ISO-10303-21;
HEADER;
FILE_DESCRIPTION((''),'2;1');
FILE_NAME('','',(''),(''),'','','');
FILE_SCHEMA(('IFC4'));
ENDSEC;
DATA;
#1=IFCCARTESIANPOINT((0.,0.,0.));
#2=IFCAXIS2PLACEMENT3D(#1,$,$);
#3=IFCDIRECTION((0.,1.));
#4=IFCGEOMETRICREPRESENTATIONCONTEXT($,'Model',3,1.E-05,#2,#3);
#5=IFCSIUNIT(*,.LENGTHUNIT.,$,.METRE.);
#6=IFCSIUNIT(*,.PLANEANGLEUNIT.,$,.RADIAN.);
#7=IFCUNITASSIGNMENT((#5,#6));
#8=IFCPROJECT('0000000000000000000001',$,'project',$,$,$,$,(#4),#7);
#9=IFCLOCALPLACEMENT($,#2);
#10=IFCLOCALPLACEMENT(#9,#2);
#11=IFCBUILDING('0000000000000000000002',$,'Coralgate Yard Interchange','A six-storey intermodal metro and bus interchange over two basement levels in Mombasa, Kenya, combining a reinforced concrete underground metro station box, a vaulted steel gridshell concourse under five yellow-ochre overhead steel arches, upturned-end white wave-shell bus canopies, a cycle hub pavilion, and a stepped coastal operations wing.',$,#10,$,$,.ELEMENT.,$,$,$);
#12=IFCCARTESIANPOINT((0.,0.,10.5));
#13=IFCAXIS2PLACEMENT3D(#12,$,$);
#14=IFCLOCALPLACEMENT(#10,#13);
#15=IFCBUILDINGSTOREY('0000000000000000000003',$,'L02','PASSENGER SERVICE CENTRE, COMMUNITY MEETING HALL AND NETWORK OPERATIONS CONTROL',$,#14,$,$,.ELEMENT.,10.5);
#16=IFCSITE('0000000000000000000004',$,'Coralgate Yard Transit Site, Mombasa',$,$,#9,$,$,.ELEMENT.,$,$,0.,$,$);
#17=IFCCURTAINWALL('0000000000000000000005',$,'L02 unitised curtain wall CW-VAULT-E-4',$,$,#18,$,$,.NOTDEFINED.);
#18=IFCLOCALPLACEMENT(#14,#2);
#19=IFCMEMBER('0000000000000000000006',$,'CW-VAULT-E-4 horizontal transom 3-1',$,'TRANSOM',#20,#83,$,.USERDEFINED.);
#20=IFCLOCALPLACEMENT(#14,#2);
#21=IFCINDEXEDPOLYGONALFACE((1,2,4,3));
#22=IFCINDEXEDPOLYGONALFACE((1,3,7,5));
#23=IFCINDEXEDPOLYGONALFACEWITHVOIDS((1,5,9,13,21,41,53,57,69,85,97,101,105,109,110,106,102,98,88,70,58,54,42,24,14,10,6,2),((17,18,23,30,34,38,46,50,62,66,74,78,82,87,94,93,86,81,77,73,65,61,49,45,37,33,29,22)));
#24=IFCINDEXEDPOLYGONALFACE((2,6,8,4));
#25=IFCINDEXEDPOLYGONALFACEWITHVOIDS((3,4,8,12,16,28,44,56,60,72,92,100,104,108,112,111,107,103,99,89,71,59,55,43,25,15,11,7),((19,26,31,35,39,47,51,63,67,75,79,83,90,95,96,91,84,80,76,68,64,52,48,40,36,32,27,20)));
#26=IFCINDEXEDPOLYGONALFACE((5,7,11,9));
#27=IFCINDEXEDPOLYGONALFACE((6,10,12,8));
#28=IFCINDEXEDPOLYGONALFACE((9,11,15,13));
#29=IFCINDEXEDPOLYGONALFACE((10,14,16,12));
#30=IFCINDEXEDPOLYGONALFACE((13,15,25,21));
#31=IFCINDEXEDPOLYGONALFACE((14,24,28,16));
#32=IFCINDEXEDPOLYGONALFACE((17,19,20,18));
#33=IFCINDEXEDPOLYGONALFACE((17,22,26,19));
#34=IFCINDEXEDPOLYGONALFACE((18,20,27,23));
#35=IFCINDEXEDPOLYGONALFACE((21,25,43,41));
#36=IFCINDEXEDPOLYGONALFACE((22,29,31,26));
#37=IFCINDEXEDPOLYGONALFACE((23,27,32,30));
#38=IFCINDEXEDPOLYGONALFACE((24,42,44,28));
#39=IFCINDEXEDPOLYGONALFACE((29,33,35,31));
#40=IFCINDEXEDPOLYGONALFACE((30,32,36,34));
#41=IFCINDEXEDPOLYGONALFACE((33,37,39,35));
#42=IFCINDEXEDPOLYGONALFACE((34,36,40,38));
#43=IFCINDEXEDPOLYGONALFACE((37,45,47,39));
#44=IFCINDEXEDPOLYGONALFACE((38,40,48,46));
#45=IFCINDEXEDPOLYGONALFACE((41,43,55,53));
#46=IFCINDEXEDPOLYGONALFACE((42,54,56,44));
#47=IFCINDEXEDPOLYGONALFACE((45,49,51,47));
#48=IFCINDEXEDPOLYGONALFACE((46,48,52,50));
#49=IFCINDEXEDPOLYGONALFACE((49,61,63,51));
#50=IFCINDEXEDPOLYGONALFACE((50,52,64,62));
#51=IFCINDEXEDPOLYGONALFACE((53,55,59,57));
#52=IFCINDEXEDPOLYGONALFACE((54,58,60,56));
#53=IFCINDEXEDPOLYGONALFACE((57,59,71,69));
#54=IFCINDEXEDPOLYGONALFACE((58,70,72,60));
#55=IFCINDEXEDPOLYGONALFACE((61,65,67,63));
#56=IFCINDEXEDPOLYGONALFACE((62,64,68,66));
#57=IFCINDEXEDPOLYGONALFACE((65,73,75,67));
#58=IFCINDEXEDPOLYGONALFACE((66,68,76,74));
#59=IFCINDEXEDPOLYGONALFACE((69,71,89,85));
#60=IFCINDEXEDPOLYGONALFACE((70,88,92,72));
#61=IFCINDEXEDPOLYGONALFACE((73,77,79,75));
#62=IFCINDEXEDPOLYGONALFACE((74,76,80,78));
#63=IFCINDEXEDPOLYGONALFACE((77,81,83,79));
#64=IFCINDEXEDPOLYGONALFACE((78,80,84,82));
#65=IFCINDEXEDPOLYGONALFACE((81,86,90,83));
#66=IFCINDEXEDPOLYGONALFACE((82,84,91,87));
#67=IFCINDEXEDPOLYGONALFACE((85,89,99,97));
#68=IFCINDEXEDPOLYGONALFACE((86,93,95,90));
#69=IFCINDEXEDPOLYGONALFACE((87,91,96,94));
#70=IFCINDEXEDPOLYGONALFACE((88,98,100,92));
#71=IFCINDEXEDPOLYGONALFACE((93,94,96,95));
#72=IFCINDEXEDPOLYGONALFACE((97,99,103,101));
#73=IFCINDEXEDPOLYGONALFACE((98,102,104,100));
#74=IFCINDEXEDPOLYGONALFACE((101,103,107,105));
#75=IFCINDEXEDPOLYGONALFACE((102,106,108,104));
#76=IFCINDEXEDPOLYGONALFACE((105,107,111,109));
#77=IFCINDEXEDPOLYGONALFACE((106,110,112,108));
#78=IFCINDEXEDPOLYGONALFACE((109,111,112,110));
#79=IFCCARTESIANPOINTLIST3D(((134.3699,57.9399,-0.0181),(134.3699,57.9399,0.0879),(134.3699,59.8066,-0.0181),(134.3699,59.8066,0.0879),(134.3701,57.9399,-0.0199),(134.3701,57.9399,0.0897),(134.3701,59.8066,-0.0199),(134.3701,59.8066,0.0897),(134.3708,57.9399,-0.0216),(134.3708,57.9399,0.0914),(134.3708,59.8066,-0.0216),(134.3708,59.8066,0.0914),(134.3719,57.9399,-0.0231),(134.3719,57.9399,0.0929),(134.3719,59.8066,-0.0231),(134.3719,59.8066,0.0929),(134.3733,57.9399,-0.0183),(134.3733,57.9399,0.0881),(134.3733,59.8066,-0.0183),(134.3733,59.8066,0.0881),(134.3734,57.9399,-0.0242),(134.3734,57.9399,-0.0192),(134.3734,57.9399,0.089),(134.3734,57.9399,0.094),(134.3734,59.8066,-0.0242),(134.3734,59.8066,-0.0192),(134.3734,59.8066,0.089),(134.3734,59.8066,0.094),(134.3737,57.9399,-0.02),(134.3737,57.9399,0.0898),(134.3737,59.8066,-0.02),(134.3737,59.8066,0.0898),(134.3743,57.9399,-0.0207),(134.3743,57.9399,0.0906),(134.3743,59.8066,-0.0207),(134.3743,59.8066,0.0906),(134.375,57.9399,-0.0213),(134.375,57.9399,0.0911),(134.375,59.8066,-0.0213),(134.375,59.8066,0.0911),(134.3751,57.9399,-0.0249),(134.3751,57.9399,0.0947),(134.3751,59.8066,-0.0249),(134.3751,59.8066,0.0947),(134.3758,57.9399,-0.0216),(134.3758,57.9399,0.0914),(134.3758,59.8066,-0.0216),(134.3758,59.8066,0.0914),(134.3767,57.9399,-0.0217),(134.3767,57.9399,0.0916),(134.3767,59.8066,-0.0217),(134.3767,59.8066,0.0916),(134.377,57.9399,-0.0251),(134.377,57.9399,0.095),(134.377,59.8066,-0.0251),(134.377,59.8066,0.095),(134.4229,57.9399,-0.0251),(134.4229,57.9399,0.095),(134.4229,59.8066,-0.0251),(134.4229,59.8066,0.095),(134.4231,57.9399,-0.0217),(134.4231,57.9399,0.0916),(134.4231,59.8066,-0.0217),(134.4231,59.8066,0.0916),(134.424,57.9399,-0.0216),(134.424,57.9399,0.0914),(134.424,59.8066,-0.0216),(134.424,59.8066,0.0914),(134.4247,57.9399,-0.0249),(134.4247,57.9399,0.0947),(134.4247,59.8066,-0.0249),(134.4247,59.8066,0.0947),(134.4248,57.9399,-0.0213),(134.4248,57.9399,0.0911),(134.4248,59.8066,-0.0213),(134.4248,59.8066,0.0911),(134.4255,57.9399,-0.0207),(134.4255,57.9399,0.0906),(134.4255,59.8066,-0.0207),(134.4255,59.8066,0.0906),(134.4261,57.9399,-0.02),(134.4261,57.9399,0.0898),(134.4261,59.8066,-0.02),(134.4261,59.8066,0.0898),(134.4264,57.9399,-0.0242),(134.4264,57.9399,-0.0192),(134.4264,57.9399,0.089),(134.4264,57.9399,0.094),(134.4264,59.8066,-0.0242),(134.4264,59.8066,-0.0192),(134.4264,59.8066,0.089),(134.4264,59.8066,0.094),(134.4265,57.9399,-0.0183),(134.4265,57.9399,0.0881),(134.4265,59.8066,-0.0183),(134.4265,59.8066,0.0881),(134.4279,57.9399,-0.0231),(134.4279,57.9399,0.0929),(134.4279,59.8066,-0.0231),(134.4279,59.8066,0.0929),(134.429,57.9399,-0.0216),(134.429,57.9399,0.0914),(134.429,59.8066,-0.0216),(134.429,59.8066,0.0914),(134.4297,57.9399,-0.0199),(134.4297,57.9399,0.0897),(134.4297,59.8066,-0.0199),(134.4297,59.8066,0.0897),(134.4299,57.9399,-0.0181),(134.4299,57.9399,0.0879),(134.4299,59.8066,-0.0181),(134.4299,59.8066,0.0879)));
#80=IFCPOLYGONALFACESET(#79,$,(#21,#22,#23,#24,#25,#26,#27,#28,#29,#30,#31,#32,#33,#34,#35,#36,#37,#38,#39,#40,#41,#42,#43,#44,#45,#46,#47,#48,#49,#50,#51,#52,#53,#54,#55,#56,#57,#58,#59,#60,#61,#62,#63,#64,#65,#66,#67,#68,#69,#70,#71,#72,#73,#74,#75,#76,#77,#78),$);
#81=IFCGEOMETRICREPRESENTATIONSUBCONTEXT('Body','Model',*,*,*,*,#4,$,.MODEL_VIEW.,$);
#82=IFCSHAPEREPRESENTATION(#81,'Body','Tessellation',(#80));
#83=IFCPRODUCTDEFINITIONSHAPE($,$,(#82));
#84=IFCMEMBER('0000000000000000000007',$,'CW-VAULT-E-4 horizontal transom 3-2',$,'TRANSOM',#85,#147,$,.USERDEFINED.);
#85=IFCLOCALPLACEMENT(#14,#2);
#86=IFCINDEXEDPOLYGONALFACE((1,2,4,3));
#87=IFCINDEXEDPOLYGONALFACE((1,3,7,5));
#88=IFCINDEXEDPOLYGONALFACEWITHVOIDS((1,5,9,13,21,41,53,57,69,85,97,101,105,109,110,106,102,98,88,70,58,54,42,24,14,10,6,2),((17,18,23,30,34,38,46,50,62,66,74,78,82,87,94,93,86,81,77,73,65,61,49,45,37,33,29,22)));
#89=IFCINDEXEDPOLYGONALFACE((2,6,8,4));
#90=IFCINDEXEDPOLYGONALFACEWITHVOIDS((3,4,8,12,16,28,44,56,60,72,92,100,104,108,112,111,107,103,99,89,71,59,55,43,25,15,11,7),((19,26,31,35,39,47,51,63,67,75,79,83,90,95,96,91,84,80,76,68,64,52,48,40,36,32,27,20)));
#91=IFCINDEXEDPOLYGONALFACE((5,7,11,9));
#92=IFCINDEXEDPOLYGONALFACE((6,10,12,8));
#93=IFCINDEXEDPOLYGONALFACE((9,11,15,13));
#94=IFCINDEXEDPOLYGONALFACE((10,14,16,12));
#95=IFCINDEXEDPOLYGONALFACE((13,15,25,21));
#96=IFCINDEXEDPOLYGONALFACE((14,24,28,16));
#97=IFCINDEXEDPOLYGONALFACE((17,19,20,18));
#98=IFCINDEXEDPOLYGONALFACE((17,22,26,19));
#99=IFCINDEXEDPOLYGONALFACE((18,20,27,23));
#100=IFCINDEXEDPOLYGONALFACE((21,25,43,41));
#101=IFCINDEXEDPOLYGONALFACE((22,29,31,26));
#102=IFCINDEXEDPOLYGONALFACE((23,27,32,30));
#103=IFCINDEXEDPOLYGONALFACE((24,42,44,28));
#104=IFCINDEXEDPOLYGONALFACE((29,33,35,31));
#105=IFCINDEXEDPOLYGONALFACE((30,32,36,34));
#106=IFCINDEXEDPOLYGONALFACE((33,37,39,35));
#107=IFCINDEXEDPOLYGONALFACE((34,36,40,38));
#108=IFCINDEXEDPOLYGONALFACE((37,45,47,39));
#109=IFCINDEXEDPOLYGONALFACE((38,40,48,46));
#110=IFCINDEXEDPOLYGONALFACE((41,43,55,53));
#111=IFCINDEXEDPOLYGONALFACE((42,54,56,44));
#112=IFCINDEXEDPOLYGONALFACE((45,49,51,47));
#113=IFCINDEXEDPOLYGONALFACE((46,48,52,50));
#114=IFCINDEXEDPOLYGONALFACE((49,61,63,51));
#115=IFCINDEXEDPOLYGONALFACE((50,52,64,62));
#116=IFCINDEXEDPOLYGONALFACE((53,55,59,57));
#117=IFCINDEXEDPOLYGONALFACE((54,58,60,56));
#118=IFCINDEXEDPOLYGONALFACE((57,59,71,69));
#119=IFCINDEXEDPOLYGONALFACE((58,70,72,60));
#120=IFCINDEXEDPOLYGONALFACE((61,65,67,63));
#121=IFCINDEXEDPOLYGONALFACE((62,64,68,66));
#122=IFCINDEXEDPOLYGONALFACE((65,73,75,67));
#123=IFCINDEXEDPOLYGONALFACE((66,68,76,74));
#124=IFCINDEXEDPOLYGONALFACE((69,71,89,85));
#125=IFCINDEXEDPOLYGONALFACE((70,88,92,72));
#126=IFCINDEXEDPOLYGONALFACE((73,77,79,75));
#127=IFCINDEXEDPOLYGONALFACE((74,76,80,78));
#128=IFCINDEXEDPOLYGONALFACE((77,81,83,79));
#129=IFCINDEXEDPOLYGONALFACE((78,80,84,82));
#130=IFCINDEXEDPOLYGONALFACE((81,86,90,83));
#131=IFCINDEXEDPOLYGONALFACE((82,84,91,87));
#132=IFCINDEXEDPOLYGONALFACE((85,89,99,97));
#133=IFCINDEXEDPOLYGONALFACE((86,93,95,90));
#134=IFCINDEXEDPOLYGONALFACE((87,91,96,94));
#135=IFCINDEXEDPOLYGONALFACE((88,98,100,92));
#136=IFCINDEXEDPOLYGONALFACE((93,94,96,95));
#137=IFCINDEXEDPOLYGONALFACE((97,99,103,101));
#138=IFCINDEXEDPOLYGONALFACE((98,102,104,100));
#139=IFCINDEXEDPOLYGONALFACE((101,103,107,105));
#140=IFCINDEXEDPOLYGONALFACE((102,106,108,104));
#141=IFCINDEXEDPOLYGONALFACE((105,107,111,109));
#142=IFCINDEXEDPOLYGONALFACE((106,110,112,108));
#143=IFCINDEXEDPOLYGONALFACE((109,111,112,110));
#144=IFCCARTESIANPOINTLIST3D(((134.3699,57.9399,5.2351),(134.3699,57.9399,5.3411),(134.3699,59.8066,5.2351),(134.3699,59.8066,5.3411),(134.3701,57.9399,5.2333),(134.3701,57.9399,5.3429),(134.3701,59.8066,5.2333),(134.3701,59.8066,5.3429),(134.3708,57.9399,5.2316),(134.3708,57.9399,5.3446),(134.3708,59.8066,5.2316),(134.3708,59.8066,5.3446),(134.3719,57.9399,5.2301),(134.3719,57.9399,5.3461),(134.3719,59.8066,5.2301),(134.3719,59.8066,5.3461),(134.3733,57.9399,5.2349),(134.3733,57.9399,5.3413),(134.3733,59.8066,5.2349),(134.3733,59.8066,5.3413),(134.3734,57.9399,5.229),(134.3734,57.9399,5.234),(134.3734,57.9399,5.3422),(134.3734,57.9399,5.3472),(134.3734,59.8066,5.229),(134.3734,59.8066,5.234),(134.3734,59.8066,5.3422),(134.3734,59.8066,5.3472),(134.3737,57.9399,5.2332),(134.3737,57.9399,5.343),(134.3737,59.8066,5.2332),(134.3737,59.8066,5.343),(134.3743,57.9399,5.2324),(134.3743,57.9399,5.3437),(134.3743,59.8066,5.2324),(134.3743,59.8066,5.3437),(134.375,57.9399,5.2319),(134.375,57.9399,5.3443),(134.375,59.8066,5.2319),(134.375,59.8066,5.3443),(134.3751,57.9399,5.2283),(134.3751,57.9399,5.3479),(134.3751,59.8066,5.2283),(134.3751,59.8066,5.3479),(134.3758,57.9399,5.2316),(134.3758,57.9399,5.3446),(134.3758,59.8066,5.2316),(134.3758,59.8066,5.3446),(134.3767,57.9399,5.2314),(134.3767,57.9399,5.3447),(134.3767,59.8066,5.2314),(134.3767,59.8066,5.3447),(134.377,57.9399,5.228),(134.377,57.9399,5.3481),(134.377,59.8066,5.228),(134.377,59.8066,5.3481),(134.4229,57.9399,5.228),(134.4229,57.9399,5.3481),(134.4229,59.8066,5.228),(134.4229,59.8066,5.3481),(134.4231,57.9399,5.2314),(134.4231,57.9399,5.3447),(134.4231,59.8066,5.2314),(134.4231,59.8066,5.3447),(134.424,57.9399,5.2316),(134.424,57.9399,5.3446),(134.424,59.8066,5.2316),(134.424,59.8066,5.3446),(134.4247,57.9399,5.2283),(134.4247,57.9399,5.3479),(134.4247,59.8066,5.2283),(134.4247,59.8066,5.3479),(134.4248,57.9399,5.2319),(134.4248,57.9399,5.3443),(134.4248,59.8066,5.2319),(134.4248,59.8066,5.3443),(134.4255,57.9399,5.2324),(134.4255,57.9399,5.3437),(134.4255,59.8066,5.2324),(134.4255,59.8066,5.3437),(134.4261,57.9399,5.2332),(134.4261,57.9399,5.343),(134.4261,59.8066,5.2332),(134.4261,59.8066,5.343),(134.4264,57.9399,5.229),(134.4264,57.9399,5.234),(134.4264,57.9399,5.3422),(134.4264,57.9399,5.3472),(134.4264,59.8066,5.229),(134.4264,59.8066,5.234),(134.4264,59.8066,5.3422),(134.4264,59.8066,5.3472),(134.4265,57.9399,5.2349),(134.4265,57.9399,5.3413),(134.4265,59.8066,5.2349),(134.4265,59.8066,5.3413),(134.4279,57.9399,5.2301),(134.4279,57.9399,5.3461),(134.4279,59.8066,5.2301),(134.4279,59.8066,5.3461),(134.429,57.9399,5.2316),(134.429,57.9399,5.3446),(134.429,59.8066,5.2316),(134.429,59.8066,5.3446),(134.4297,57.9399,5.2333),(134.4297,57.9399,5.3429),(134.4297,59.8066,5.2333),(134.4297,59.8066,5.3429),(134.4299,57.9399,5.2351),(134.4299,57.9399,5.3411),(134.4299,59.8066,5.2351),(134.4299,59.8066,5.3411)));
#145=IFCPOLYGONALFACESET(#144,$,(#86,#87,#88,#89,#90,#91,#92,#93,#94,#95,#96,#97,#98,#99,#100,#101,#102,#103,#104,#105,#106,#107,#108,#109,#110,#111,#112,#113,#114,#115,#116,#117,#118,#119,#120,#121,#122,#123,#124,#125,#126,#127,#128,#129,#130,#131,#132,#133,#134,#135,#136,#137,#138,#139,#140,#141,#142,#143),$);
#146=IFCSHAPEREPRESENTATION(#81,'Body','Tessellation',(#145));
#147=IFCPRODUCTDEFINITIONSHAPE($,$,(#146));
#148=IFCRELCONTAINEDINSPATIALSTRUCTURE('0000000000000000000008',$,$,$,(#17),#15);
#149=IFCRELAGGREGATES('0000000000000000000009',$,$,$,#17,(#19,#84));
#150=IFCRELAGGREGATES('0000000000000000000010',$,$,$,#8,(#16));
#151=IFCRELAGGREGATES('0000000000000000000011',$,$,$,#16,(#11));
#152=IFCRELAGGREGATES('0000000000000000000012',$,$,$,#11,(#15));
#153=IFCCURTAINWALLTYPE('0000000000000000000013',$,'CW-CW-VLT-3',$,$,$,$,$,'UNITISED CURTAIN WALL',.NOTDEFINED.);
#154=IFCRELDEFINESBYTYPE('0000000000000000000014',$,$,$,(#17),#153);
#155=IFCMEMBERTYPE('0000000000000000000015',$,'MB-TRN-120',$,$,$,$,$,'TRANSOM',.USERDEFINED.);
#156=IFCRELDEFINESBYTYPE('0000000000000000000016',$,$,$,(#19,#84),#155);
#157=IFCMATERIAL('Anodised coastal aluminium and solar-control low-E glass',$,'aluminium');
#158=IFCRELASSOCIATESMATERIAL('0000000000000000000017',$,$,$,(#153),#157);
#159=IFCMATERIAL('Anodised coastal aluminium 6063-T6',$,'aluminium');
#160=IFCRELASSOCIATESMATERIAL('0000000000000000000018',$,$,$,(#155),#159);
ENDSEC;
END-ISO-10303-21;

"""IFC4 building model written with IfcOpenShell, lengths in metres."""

from ifc_helpers import new_model, si_unit, direction, frame, origin, origin_2d, place, context, subcontext, project, spatial, hollow_rectangle, extrude, material, material_profile, profile_set, type_object, element, aggregate, save


model = new_model("IFC4")

# Units and contexts
model_context = context("Model", 3, precision=1e-05, world=origin(), true_north=direction((0.0, 1.0)))
body_context = subcontext(model_context, "Body", "Model", "MODEL_VIEW")
ifc_project = project(units=[si_unit("LENGTHUNIT", "METRE"), si_unit("PLANEANGLEUNIT", "RADIAN")], contexts=[model_context])

# Site, building, storey
site_placement = place(None, origin())
site = spatial("IfcSite", under=ifc_project, at=site_placement, Name="Coralgate Yard Transit Site, Mombasa", CompositionType="ELEMENT", RefElevation=0.0)
building_placement = place(site_placement, origin())
building = spatial("IfcBuilding", under=site, at=building_placement, Name="Coralgate Yard Interchange", Description="A six-storey intermodal metro and bus interchange over two basement levels in Mombasa, Kenya, combining a reinforced concrete underground metro station box, a vaulted steel gridshell concourse under five yellow-ochre overhead steel arches, upturned-end white wave-shell bus canopies, a cycle hub pavilion, and a stepped coastal operations wing.", CompositionType="ELEMENT")
storey_placement = place(building_placement, frame((0.0, 0.0, 10.5)))
storey = spatial("IfcBuildingStorey", under=building, at=storey_placement, Name="L02", Description="PASSENGER SERVICE CENTRE, COMMUNITY MEETING HALL AND NETWORK OPERATIONS CONTROL", CompositionType="ELEMENT", Elevation=10.5)

# Curtain wall
ifc_material_1 = material(Name="Anodised coastal aluminium and solar-control low-E glass", Category="aluminium")
curtain_wall_type_1 = type_object("IfcCurtainWallType", Name="CW-CW-VLT-3", ElementType="UNITISED CURTAIN WALL", PredefinedType="NOTDEFINED", material=ifc_material_1)
ifc_material_2 = material(Name="Anodised coastal aluminium 6063-T6", Category="aluminium")
curtain_wall_1_placement = place(storey_placement, origin())
curtain_wall_1 = element("IfcCurtainWall", 1, at=curtain_wall_1_placement, inside=storey, type_object=curtain_wall_type_1, Name="L02 unitised curtain wall CW-VAULT-E-4", PredefinedType="NOTDEFINED")

# Members
ifc_material_profile_1 = material_profile(ifc_material_2, hollow_rectangle(XDim=0.0601, YDim=0.1201, WallThickness=0.0034, InnerFilletRadius=0.0034, OuterFilletRadius=0.0071, at=origin_2d()), Name="ALU 60x120x3.5")
ifc_profile_set_1 = profile_set([ifc_material_profile_1], Name="Anodised coastal aluminium 6063-T6")
member_type_1 = type_object("IfcMemberType", Name="MB-TRN-120", ElementType="TRANSOM", PredefinedType="USERDEFINED", material=ifc_profile_set_1)
member_1_placement = place(storey_placement, frame((134.3999, 59.8066, 0.0349), z_axis=(0.0, -1.0, 0.0), x_axis=(1.0, 0.0, 0.0)))
member_1 = element("IfcMember", 2, at=member_1_placement, type_object=member_type_1, Name="CW-VAULT-E-4 horizontal transom 3-1", ObjectType="TRANSOM", PredefinedType="USERDEFINED", context=body_context, shape_type="SweptSolid", body=[
    extrude(hollow_rectangle(XDim=0.0601, YDim=0.1201, WallThickness=0.0034, InnerFilletRadius=0.0034, OuterFilletRadius=0.0071, at=origin_2d()), origin(), (0.0, 0.0, 1.0), 1.8667),
])
member_2_placement = place(storey_placement, frame((134.3999, 59.8066, 5.2881), z_axis=(0.0, -1.0, 0.0), x_axis=(1.0, 0.0, 0.0)))
member_2 = element("IfcMember", 3, at=member_2_placement, type_object=member_type_1, Name="CW-VAULT-E-4 horizontal transom 3-2", ObjectType="TRANSOM", PredefinedType="USERDEFINED", context=body_context, shape_type="SweptSolid", body=[
    extrude(hollow_rectangle(XDim=0.0601, YDim=0.1201, WallThickness=0.0034, InnerFilletRadius=0.0034, OuterFilletRadius=0.0071, at=origin_2d()), origin(), (0.0, 0.0, 1.0), 1.8667),
])

aggregate(curtain_wall_1, [member_1, member_2])

save(model, "model.ifc")
